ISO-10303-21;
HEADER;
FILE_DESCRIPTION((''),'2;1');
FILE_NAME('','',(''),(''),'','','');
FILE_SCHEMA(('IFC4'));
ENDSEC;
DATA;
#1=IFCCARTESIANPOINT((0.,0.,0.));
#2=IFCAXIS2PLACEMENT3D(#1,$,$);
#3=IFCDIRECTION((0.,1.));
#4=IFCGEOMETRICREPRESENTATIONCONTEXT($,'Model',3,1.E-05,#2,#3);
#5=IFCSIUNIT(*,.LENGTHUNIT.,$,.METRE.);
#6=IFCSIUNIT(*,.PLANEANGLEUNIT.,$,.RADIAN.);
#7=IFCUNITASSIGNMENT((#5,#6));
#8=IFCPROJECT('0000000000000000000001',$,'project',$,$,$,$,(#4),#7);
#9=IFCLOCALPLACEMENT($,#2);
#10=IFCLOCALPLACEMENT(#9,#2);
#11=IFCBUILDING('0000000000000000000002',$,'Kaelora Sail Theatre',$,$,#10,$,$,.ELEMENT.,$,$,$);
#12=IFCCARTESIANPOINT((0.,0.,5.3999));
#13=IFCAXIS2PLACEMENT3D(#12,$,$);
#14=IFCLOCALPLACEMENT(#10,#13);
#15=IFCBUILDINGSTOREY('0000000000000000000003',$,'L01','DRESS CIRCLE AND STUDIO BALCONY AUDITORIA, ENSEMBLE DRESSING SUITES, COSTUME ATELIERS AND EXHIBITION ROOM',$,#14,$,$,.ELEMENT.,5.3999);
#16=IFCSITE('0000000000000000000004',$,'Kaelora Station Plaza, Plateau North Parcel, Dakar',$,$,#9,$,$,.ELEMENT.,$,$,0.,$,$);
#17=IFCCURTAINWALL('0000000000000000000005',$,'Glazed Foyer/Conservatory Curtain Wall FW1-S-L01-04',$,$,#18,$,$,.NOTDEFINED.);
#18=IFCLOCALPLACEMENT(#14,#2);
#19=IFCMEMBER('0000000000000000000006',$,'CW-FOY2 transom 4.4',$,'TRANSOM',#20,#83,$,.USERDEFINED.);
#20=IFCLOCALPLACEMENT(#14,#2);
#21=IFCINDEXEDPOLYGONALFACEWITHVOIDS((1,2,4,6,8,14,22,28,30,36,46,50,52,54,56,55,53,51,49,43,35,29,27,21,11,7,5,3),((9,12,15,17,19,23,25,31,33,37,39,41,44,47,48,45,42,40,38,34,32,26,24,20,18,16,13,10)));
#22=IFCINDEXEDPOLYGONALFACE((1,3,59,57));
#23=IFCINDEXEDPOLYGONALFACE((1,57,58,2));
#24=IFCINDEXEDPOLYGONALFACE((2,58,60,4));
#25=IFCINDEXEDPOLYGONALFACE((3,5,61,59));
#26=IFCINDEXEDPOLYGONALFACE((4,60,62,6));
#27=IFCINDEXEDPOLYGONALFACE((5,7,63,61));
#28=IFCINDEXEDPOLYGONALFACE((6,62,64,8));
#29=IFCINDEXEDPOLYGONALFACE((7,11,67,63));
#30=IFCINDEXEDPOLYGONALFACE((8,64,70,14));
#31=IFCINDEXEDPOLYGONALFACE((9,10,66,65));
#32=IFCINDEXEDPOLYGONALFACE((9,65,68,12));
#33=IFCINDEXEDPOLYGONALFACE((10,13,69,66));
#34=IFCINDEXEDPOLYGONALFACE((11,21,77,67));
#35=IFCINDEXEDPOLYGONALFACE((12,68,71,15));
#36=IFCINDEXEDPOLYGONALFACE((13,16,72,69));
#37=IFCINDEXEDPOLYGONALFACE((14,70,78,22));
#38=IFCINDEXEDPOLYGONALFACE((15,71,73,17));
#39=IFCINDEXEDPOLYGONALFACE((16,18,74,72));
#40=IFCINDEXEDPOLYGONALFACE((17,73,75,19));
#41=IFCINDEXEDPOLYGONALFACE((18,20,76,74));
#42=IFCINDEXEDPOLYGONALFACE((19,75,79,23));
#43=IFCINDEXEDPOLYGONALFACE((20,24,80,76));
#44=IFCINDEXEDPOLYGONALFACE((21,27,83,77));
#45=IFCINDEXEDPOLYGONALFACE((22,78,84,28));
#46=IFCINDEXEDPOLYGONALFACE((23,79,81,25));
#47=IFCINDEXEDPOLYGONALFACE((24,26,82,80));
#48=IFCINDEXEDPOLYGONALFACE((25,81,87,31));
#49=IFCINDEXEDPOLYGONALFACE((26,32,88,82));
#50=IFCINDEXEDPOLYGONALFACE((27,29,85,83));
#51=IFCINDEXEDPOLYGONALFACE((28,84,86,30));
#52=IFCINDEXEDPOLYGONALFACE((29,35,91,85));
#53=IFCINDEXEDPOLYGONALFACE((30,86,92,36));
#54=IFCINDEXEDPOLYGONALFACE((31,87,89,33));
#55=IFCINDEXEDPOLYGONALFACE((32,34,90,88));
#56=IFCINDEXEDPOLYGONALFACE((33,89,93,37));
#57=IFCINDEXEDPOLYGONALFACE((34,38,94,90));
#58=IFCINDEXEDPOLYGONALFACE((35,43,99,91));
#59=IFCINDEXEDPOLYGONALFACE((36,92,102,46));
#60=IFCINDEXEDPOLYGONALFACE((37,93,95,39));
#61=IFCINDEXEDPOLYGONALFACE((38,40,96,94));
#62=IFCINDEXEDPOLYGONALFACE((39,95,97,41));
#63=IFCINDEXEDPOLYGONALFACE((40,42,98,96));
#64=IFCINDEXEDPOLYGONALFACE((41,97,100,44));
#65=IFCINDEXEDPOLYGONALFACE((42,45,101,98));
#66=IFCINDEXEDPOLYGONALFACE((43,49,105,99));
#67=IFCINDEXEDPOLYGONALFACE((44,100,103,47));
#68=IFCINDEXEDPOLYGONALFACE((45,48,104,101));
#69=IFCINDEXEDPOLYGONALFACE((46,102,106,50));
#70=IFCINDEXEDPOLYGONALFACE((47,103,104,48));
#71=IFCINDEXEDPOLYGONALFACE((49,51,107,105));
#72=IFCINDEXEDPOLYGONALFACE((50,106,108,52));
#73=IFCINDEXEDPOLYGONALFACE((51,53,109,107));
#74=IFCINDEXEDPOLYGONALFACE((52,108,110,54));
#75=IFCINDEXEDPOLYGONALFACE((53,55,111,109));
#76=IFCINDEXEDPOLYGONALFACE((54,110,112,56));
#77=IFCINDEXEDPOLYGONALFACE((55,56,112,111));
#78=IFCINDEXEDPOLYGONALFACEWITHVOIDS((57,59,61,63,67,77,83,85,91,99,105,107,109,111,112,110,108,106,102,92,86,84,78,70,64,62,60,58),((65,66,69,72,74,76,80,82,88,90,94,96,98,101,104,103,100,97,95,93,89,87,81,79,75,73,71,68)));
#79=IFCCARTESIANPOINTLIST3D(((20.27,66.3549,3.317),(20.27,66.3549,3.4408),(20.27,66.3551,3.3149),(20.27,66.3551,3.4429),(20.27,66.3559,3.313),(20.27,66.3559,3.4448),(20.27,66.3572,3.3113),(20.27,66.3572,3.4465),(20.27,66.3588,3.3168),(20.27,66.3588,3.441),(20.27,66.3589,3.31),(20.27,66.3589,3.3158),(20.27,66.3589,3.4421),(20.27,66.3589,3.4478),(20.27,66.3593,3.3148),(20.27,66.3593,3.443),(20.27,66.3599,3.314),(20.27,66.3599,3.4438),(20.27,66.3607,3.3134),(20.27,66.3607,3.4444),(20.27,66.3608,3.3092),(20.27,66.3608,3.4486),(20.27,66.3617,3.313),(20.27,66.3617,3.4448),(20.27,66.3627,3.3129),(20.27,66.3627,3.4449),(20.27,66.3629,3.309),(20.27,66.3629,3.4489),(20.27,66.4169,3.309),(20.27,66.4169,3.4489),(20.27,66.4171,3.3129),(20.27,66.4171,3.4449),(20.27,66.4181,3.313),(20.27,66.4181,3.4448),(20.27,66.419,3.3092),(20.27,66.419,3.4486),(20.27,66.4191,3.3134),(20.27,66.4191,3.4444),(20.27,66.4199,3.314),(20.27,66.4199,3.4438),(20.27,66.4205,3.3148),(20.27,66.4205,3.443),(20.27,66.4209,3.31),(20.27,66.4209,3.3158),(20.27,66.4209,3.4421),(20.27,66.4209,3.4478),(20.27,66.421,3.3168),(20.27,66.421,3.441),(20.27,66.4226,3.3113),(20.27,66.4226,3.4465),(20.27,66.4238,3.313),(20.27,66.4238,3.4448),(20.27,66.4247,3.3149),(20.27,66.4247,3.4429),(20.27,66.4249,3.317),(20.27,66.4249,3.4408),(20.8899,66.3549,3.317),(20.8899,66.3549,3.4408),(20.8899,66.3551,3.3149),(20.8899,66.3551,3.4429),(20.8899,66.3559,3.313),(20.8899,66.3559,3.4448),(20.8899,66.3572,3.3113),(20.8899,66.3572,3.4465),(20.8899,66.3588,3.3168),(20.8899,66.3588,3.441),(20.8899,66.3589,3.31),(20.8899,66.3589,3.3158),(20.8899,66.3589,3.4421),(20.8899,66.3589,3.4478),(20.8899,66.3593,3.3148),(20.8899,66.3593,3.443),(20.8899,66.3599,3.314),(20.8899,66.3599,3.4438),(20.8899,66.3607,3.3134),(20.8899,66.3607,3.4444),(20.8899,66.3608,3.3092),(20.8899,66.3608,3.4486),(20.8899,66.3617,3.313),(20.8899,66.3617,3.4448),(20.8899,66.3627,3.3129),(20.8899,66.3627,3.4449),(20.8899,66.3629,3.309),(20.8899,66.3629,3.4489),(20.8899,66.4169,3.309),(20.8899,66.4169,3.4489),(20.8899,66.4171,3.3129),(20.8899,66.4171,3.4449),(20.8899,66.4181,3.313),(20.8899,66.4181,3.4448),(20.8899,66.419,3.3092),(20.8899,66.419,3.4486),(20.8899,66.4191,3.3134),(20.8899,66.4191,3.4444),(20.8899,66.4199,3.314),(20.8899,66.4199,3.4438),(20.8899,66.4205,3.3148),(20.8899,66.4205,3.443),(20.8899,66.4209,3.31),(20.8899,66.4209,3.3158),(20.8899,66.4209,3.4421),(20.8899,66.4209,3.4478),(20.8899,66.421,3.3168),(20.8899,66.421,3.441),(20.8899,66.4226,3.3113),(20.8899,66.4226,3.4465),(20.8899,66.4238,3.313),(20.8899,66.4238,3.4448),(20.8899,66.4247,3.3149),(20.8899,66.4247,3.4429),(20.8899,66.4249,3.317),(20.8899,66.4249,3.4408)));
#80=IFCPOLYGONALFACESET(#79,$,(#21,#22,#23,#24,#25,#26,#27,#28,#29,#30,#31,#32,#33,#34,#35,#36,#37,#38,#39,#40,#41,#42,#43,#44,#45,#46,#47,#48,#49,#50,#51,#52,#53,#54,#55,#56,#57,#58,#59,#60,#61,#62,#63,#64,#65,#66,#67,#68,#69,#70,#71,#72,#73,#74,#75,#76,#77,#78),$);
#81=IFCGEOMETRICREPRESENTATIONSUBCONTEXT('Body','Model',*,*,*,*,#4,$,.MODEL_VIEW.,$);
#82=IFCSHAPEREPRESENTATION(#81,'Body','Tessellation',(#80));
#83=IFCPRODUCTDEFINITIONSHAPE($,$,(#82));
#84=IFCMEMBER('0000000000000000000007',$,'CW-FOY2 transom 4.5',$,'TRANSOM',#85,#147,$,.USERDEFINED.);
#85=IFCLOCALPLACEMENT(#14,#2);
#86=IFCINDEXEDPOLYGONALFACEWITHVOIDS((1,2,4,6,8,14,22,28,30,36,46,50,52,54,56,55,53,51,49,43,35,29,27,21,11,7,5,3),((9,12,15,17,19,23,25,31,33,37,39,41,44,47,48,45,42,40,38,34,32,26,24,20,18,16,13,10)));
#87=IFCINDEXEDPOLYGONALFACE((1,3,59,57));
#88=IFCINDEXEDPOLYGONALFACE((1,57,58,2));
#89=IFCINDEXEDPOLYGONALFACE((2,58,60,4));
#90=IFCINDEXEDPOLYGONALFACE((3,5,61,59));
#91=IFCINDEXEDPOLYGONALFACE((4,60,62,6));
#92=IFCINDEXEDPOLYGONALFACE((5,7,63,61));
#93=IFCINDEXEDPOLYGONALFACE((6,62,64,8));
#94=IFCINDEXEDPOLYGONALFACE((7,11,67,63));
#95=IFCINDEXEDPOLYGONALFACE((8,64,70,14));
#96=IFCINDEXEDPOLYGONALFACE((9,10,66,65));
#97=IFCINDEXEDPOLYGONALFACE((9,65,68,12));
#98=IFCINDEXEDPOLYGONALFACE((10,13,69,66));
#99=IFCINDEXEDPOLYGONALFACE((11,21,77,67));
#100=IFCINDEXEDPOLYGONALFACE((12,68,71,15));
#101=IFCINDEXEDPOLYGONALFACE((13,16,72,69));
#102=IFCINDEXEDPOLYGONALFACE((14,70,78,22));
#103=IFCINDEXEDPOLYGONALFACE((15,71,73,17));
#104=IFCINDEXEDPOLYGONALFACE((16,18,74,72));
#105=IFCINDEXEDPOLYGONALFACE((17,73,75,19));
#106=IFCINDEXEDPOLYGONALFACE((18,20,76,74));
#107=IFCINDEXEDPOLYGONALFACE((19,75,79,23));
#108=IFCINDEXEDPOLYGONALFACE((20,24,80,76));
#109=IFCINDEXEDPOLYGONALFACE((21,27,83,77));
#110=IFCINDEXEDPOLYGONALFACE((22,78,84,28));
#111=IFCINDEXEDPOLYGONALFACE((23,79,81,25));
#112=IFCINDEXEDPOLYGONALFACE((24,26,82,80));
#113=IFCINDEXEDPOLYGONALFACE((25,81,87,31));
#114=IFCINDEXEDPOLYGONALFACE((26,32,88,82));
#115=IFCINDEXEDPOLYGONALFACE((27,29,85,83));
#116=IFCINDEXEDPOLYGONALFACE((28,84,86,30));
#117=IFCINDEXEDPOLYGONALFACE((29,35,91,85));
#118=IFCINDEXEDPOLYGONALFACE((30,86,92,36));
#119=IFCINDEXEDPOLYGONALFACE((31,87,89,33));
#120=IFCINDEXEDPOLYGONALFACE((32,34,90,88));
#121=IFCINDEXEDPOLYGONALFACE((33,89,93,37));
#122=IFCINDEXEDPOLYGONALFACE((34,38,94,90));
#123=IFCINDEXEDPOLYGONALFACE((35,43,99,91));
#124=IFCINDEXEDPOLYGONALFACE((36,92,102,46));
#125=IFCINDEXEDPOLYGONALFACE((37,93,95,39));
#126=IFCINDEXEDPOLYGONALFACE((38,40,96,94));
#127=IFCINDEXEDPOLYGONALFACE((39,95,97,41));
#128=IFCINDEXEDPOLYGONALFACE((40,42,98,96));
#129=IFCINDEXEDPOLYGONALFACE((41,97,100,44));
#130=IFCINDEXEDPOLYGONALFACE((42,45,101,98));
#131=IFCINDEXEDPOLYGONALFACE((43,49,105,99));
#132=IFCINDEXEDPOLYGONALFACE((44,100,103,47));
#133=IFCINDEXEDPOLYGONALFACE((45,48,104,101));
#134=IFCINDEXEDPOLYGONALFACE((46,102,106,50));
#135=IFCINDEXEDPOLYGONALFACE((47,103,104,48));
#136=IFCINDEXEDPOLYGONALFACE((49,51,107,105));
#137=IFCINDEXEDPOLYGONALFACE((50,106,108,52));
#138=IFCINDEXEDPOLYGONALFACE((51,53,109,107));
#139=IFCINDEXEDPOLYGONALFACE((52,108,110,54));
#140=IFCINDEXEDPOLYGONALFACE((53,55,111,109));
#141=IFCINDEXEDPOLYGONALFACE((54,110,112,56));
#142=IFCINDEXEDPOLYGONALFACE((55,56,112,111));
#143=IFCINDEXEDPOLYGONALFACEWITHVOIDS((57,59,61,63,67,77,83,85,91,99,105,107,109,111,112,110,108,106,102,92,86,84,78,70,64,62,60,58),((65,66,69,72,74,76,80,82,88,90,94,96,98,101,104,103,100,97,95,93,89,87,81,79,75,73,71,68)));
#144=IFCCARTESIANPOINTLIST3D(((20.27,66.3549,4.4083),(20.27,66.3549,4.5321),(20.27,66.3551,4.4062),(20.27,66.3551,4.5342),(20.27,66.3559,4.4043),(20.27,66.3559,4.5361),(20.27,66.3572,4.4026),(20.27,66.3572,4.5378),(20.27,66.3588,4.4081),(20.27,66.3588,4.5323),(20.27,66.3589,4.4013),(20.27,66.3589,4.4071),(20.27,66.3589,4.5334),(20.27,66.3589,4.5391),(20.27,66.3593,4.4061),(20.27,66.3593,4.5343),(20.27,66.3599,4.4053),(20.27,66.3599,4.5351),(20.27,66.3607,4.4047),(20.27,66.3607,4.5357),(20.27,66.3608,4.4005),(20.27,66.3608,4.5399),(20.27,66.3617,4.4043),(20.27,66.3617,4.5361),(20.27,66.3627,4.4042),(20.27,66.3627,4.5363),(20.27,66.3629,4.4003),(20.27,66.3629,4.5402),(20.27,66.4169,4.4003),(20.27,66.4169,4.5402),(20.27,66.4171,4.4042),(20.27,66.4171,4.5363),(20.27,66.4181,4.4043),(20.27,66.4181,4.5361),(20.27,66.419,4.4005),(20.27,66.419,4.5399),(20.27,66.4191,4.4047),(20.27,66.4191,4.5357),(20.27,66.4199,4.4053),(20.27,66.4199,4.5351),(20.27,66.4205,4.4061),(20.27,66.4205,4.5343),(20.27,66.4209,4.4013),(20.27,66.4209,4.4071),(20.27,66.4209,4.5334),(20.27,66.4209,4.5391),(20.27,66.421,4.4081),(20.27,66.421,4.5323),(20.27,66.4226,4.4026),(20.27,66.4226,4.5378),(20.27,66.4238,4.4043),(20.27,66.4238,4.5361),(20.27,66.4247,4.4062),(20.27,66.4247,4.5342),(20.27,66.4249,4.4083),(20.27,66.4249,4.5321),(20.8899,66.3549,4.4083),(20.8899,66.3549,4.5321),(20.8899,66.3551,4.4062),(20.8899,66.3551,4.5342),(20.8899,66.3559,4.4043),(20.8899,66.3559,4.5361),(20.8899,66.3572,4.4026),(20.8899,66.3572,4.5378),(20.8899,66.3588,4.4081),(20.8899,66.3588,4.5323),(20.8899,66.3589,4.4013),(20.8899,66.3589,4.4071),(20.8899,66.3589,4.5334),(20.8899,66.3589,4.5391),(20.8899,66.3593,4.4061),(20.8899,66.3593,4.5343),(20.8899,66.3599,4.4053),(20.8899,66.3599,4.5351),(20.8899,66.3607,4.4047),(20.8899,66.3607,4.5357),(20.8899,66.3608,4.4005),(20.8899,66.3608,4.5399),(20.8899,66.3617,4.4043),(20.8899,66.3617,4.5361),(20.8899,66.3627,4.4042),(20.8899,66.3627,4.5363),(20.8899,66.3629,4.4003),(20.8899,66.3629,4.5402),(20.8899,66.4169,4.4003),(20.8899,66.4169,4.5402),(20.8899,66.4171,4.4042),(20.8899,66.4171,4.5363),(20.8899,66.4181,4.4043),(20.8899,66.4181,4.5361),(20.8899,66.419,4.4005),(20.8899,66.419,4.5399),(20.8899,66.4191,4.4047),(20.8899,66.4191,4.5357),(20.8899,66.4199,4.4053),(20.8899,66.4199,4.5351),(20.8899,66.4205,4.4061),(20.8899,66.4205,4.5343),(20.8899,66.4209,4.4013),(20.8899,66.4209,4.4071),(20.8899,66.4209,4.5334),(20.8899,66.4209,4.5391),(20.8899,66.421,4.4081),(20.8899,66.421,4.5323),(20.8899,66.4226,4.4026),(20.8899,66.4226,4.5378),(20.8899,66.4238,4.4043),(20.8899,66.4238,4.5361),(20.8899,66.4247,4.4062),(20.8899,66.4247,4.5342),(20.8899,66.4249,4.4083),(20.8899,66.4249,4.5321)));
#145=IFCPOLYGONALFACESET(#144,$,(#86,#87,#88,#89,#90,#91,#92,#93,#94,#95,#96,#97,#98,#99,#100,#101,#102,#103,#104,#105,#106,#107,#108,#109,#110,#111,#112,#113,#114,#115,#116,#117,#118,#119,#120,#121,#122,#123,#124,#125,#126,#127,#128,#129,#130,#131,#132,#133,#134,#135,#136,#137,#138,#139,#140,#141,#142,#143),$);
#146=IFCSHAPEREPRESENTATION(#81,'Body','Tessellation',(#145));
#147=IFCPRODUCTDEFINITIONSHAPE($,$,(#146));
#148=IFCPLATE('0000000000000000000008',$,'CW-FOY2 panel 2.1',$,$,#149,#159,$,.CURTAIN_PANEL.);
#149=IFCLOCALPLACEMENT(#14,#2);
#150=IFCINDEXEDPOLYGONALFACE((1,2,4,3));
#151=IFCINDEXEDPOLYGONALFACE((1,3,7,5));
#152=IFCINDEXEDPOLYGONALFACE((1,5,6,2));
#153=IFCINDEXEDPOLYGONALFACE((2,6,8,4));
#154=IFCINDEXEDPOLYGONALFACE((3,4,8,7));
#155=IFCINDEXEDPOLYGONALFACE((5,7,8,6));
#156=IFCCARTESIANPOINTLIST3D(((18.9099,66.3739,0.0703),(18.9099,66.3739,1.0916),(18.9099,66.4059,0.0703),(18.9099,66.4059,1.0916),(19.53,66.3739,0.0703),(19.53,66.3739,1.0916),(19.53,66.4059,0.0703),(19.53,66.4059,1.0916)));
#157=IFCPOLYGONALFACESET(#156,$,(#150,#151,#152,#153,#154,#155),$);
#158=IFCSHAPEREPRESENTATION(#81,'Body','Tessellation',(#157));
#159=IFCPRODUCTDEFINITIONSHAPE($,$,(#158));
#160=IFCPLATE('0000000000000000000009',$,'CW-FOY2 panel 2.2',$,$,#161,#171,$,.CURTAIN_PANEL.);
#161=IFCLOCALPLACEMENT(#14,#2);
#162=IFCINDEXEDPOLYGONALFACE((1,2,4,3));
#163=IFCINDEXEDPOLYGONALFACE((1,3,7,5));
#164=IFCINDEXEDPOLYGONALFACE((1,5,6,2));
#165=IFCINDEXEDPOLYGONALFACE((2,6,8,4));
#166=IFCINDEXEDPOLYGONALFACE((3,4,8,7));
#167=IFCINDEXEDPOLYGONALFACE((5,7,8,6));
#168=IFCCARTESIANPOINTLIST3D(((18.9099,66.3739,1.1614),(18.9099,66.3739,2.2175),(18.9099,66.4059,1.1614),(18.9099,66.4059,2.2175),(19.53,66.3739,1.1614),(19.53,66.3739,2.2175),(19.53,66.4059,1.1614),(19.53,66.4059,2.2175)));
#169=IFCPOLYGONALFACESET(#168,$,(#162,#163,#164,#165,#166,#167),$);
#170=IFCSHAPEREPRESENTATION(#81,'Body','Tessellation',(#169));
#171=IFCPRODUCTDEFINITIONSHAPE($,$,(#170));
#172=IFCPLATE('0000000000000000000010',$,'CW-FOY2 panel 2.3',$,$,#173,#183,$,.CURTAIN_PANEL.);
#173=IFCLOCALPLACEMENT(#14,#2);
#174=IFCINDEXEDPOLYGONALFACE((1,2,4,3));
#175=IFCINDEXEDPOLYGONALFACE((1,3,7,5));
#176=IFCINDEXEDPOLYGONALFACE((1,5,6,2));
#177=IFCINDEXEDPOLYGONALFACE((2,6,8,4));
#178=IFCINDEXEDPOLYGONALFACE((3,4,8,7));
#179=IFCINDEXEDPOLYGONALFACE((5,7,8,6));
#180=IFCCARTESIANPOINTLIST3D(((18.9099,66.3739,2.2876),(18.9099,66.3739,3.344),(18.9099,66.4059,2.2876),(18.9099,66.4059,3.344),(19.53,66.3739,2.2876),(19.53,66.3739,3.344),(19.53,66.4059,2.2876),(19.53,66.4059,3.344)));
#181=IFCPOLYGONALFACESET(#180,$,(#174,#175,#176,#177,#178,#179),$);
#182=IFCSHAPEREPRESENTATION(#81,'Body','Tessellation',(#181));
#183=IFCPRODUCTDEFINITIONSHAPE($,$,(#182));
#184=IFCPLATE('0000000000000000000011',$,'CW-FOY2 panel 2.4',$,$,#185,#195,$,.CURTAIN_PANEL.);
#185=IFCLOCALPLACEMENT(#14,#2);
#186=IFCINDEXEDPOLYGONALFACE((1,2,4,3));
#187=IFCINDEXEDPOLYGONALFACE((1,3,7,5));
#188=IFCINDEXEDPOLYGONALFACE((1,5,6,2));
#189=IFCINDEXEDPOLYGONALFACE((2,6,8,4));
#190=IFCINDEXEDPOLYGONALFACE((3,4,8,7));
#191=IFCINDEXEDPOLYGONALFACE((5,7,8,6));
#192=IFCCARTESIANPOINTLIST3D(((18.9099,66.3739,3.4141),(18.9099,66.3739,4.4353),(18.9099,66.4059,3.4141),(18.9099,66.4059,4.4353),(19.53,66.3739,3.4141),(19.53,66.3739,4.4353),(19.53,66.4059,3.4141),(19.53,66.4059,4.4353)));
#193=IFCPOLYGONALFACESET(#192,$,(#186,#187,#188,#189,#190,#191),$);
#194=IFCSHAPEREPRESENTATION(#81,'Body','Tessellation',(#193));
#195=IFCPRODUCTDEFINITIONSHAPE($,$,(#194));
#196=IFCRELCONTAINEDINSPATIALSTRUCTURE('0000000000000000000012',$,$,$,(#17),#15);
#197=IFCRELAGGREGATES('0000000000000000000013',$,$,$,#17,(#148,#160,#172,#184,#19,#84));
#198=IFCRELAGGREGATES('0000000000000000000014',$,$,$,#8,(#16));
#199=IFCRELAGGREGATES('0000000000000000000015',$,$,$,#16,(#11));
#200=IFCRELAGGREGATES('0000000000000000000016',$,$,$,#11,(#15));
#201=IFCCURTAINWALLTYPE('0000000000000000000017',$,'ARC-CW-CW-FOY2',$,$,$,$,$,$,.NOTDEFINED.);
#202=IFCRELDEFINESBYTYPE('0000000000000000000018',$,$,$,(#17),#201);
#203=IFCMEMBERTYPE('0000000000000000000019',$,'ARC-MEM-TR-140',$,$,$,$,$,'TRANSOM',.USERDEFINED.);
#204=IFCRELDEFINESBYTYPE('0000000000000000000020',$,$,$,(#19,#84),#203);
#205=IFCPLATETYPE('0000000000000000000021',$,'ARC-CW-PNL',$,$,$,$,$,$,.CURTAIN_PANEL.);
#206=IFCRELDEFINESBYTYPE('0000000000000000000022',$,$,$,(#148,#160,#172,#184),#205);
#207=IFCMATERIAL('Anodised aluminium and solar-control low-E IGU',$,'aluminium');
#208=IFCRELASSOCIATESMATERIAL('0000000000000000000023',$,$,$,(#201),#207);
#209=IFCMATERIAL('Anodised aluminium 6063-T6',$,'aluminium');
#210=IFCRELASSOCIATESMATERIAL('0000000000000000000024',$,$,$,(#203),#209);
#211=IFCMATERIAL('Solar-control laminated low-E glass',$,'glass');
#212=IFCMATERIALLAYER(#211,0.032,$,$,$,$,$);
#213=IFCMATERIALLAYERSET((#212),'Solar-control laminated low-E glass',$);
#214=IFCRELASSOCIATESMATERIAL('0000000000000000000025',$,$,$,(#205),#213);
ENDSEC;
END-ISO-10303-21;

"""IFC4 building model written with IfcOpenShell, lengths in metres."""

from ifc_helpers import new_model, si_unit, direction, frame, origin, origin_2d, place, context, subcontext, project, spatial, rectangle, hollow_rectangle, extrude, material, layer, layer_set, material_profile, profile_set, type_object, element, aggregate, save


model = new_model("IFC4")

# Units and contexts
model_context = context("Model", 3, precision=1e-05, world=origin(), true_north=direction((0.0, 1.0)))
body_context = subcontext(model_context, "Body", "Model", "MODEL_VIEW")
ifc_project = project(units=[si_unit("LENGTHUNIT", "METRE"), si_unit("PLANEANGLEUNIT", "RADIAN")], contexts=[model_context])

# Site, building, storey
site_placement = place(None, origin())
site = spatial("IfcSite", under=ifc_project, at=site_placement, Name="Kaelora Station Plaza, Plateau North Parcel, Dakar", CompositionType="ELEMENT", RefElevation=0.0)
building_placement = place(site_placement, origin())
building = spatial("IfcBuilding", under=site, at=building_placement, Name="Kaelora Sail Theatre", CompositionType="ELEMENT")
storey_placement = place(building_placement, frame((0.0, 0.0, 5.3999)))
storey = spatial("IfcBuildingStorey", under=building, at=storey_placement, Name="L01", Description="DRESS CIRCLE AND STUDIO BALCONY AUDITORIA, ENSEMBLE DRESSING SUITES, COSTUME ATELIERS AND EXHIBITION ROOM", CompositionType="ELEMENT", Elevation=5.3999)

# Curtain wall, members, plates
ifc_material_1 = material(Name="Anodised aluminium and solar-control low-E IGU", Category="aluminium")
curtain_wall_type = type_object("IfcCurtainWallType", Name="ARC-CW-CW-FOY2", PredefinedType="NOTDEFINED", material=ifc_material_1)
curtain_wall_placement = place(storey_placement, origin())
curtain_wall = element("IfcCurtainWall", 1, at=curtain_wall_placement, inside=storey, type_object=curtain_wall_type, Name="Glazed Foyer/Conservatory Curtain Wall FW1-S-L01-04", PredefinedType="NOTDEFINED")
ifc_material_2 = material(Name="Anodised aluminium 6063-T6", Category="aluminium")
ifc_material_profile_1 = material_profile(ifc_material_2, hollow_rectangle(XDim=0.0701, YDim=0.1399, WallThickness=0.0039, InnerFilletRadius=0.0039, OuterFilletRadius=0.0081, at=origin_2d()), Name="ALU-TRAN 70x140x4")
ifc_profile_set_1 = profile_set([ifc_material_profile_1], Name="Anodised aluminium 6063-T6")
member_type_1 = type_object("IfcMemberType", Name="ARC-MEM-TR-140", ElementType="TRANSOM", PredefinedType="USERDEFINED", material=ifc_profile_set_1)
member_1_placement = place(storey_placement, frame((20.27, 66.3899, 3.3789), z_axis=(1.0, 0.0, 0.0), x_axis=(0.0, 1.0, 0.0)))
member_1 = element("IfcMember", 2, at=member_1_placement, type_object=member_type_1, Name="CW-FOY2 transom 4.4", ObjectType="TRANSOM", PredefinedType="USERDEFINED", context=body_context, shape_type="SweptSolid", body=[
    extrude(hollow_rectangle(XDim=0.0701, YDim=0.1399, WallThickness=0.0039, InnerFilletRadius=0.0039, OuterFilletRadius=0.0081, at=origin_2d()), origin(), (0.0, 0.0, 1.0), 0.6199),
])
member_2_placement = place(storey_placement, frame((20.27, 66.3899, 4.4702), z_axis=(1.0, 0.0, 0.0), x_axis=(0.0, 1.0, 0.0)))
member_2 = element("IfcMember", 3, at=member_2_placement, type_object=member_type_1, Name="CW-FOY2 transom 4.5", ObjectType="TRANSOM", PredefinedType="USERDEFINED", context=body_context, shape_type="SweptSolid", body=[
    extrude(hollow_rectangle(XDim=0.0701, YDim=0.1399, WallThickness=0.0039, InnerFilletRadius=0.0039, OuterFilletRadius=0.0081, at=origin_2d()), origin(), (0.0, 0.0, 1.0), 0.6199),
])
ifc_material_3 = material(Name="Solar-control laminated low-E glass", Category="glass")
ifc_layer = layer(ifc_material_3, 0.032)
ifc_layer_set = layer_set([ifc_layer], Name="Solar-control laminated low-E glass")
plate_type = type_object("IfcPlateType", Name="ARC-CW-PNL", PredefinedType="CURTAIN_PANEL", material=ifc_layer_set)
plate_1_placement = place(storey_placement, frame((19.22, 66.3899, 0.0703), z_axis=(0.0, 0.0, 1.0), x_axis=(1.0, 0.0, 0.0)))
plate_1 = element("IfcPlate", 4, at=plate_1_placement, type_object=plate_type, Name="CW-FOY2 panel 2.1", PredefinedType="CURTAIN_PANEL", context=body_context, shape_type="SweptSolid", body=[
    extrude(rectangle(XDim=0.6201, YDim=0.032, at=origin_2d()), origin(), (0.0, 0.0, 1.0), 1.0212),
])
plate_2_placement = place(storey_placement, frame((19.22, 66.3899, 1.1614), z_axis=(0.0, 0.0, 1.0), x_axis=(1.0, 0.0, 0.0)))
plate_2 = element("IfcPlate", 5, at=plate_2_placement, type_object=plate_type, Name="CW-FOY2 panel 2.2", PredefinedType="CURTAIN_PANEL", context=body_context, shape_type="SweptSolid", body=[
    extrude(rectangle(XDim=0.6201, YDim=0.032, at=origin_2d()), origin(), (0.0, 0.0, 1.0), 1.0562),
])
plate_3_placement = place(storey_placement, frame((19.22, 66.3899, 2.2876), z_axis=(0.0, 0.0, 1.0), x_axis=(1.0, 0.0, 0.0)))
plate_3 = element("IfcPlate", 6, at=plate_3_placement, type_object=plate_type, Name="CW-FOY2 panel 2.3", PredefinedType="CURTAIN_PANEL", context=body_context, shape_type="SweptSolid", body=[
    extrude(rectangle(XDim=0.6201, YDim=0.032, at=origin_2d()), origin(), (0.0, 0.0, 1.0), 1.0564),
])
plate_4_placement = place(storey_placement, frame((19.22, 66.3899, 3.4141), z_axis=(0.0, 0.0, 1.0), x_axis=(1.0, 0.0, 0.0)))
plate_4 = element("IfcPlate", 7, at=plate_4_placement, type_object=plate_type, Name="CW-FOY2 panel 2.4", PredefinedType="CURTAIN_PANEL", context=body_context, shape_type="SweptSolid", body=[
    extrude(rectangle(XDim=0.6201, YDim=0.032, at=origin_2d()), origin(), (0.0, 0.0, 1.0), 1.0212),
])
aggregate(curtain_wall, [plate_1, plate_2, plate_3, plate_4, member_1, member_2])

save(model, "model.ifc")
